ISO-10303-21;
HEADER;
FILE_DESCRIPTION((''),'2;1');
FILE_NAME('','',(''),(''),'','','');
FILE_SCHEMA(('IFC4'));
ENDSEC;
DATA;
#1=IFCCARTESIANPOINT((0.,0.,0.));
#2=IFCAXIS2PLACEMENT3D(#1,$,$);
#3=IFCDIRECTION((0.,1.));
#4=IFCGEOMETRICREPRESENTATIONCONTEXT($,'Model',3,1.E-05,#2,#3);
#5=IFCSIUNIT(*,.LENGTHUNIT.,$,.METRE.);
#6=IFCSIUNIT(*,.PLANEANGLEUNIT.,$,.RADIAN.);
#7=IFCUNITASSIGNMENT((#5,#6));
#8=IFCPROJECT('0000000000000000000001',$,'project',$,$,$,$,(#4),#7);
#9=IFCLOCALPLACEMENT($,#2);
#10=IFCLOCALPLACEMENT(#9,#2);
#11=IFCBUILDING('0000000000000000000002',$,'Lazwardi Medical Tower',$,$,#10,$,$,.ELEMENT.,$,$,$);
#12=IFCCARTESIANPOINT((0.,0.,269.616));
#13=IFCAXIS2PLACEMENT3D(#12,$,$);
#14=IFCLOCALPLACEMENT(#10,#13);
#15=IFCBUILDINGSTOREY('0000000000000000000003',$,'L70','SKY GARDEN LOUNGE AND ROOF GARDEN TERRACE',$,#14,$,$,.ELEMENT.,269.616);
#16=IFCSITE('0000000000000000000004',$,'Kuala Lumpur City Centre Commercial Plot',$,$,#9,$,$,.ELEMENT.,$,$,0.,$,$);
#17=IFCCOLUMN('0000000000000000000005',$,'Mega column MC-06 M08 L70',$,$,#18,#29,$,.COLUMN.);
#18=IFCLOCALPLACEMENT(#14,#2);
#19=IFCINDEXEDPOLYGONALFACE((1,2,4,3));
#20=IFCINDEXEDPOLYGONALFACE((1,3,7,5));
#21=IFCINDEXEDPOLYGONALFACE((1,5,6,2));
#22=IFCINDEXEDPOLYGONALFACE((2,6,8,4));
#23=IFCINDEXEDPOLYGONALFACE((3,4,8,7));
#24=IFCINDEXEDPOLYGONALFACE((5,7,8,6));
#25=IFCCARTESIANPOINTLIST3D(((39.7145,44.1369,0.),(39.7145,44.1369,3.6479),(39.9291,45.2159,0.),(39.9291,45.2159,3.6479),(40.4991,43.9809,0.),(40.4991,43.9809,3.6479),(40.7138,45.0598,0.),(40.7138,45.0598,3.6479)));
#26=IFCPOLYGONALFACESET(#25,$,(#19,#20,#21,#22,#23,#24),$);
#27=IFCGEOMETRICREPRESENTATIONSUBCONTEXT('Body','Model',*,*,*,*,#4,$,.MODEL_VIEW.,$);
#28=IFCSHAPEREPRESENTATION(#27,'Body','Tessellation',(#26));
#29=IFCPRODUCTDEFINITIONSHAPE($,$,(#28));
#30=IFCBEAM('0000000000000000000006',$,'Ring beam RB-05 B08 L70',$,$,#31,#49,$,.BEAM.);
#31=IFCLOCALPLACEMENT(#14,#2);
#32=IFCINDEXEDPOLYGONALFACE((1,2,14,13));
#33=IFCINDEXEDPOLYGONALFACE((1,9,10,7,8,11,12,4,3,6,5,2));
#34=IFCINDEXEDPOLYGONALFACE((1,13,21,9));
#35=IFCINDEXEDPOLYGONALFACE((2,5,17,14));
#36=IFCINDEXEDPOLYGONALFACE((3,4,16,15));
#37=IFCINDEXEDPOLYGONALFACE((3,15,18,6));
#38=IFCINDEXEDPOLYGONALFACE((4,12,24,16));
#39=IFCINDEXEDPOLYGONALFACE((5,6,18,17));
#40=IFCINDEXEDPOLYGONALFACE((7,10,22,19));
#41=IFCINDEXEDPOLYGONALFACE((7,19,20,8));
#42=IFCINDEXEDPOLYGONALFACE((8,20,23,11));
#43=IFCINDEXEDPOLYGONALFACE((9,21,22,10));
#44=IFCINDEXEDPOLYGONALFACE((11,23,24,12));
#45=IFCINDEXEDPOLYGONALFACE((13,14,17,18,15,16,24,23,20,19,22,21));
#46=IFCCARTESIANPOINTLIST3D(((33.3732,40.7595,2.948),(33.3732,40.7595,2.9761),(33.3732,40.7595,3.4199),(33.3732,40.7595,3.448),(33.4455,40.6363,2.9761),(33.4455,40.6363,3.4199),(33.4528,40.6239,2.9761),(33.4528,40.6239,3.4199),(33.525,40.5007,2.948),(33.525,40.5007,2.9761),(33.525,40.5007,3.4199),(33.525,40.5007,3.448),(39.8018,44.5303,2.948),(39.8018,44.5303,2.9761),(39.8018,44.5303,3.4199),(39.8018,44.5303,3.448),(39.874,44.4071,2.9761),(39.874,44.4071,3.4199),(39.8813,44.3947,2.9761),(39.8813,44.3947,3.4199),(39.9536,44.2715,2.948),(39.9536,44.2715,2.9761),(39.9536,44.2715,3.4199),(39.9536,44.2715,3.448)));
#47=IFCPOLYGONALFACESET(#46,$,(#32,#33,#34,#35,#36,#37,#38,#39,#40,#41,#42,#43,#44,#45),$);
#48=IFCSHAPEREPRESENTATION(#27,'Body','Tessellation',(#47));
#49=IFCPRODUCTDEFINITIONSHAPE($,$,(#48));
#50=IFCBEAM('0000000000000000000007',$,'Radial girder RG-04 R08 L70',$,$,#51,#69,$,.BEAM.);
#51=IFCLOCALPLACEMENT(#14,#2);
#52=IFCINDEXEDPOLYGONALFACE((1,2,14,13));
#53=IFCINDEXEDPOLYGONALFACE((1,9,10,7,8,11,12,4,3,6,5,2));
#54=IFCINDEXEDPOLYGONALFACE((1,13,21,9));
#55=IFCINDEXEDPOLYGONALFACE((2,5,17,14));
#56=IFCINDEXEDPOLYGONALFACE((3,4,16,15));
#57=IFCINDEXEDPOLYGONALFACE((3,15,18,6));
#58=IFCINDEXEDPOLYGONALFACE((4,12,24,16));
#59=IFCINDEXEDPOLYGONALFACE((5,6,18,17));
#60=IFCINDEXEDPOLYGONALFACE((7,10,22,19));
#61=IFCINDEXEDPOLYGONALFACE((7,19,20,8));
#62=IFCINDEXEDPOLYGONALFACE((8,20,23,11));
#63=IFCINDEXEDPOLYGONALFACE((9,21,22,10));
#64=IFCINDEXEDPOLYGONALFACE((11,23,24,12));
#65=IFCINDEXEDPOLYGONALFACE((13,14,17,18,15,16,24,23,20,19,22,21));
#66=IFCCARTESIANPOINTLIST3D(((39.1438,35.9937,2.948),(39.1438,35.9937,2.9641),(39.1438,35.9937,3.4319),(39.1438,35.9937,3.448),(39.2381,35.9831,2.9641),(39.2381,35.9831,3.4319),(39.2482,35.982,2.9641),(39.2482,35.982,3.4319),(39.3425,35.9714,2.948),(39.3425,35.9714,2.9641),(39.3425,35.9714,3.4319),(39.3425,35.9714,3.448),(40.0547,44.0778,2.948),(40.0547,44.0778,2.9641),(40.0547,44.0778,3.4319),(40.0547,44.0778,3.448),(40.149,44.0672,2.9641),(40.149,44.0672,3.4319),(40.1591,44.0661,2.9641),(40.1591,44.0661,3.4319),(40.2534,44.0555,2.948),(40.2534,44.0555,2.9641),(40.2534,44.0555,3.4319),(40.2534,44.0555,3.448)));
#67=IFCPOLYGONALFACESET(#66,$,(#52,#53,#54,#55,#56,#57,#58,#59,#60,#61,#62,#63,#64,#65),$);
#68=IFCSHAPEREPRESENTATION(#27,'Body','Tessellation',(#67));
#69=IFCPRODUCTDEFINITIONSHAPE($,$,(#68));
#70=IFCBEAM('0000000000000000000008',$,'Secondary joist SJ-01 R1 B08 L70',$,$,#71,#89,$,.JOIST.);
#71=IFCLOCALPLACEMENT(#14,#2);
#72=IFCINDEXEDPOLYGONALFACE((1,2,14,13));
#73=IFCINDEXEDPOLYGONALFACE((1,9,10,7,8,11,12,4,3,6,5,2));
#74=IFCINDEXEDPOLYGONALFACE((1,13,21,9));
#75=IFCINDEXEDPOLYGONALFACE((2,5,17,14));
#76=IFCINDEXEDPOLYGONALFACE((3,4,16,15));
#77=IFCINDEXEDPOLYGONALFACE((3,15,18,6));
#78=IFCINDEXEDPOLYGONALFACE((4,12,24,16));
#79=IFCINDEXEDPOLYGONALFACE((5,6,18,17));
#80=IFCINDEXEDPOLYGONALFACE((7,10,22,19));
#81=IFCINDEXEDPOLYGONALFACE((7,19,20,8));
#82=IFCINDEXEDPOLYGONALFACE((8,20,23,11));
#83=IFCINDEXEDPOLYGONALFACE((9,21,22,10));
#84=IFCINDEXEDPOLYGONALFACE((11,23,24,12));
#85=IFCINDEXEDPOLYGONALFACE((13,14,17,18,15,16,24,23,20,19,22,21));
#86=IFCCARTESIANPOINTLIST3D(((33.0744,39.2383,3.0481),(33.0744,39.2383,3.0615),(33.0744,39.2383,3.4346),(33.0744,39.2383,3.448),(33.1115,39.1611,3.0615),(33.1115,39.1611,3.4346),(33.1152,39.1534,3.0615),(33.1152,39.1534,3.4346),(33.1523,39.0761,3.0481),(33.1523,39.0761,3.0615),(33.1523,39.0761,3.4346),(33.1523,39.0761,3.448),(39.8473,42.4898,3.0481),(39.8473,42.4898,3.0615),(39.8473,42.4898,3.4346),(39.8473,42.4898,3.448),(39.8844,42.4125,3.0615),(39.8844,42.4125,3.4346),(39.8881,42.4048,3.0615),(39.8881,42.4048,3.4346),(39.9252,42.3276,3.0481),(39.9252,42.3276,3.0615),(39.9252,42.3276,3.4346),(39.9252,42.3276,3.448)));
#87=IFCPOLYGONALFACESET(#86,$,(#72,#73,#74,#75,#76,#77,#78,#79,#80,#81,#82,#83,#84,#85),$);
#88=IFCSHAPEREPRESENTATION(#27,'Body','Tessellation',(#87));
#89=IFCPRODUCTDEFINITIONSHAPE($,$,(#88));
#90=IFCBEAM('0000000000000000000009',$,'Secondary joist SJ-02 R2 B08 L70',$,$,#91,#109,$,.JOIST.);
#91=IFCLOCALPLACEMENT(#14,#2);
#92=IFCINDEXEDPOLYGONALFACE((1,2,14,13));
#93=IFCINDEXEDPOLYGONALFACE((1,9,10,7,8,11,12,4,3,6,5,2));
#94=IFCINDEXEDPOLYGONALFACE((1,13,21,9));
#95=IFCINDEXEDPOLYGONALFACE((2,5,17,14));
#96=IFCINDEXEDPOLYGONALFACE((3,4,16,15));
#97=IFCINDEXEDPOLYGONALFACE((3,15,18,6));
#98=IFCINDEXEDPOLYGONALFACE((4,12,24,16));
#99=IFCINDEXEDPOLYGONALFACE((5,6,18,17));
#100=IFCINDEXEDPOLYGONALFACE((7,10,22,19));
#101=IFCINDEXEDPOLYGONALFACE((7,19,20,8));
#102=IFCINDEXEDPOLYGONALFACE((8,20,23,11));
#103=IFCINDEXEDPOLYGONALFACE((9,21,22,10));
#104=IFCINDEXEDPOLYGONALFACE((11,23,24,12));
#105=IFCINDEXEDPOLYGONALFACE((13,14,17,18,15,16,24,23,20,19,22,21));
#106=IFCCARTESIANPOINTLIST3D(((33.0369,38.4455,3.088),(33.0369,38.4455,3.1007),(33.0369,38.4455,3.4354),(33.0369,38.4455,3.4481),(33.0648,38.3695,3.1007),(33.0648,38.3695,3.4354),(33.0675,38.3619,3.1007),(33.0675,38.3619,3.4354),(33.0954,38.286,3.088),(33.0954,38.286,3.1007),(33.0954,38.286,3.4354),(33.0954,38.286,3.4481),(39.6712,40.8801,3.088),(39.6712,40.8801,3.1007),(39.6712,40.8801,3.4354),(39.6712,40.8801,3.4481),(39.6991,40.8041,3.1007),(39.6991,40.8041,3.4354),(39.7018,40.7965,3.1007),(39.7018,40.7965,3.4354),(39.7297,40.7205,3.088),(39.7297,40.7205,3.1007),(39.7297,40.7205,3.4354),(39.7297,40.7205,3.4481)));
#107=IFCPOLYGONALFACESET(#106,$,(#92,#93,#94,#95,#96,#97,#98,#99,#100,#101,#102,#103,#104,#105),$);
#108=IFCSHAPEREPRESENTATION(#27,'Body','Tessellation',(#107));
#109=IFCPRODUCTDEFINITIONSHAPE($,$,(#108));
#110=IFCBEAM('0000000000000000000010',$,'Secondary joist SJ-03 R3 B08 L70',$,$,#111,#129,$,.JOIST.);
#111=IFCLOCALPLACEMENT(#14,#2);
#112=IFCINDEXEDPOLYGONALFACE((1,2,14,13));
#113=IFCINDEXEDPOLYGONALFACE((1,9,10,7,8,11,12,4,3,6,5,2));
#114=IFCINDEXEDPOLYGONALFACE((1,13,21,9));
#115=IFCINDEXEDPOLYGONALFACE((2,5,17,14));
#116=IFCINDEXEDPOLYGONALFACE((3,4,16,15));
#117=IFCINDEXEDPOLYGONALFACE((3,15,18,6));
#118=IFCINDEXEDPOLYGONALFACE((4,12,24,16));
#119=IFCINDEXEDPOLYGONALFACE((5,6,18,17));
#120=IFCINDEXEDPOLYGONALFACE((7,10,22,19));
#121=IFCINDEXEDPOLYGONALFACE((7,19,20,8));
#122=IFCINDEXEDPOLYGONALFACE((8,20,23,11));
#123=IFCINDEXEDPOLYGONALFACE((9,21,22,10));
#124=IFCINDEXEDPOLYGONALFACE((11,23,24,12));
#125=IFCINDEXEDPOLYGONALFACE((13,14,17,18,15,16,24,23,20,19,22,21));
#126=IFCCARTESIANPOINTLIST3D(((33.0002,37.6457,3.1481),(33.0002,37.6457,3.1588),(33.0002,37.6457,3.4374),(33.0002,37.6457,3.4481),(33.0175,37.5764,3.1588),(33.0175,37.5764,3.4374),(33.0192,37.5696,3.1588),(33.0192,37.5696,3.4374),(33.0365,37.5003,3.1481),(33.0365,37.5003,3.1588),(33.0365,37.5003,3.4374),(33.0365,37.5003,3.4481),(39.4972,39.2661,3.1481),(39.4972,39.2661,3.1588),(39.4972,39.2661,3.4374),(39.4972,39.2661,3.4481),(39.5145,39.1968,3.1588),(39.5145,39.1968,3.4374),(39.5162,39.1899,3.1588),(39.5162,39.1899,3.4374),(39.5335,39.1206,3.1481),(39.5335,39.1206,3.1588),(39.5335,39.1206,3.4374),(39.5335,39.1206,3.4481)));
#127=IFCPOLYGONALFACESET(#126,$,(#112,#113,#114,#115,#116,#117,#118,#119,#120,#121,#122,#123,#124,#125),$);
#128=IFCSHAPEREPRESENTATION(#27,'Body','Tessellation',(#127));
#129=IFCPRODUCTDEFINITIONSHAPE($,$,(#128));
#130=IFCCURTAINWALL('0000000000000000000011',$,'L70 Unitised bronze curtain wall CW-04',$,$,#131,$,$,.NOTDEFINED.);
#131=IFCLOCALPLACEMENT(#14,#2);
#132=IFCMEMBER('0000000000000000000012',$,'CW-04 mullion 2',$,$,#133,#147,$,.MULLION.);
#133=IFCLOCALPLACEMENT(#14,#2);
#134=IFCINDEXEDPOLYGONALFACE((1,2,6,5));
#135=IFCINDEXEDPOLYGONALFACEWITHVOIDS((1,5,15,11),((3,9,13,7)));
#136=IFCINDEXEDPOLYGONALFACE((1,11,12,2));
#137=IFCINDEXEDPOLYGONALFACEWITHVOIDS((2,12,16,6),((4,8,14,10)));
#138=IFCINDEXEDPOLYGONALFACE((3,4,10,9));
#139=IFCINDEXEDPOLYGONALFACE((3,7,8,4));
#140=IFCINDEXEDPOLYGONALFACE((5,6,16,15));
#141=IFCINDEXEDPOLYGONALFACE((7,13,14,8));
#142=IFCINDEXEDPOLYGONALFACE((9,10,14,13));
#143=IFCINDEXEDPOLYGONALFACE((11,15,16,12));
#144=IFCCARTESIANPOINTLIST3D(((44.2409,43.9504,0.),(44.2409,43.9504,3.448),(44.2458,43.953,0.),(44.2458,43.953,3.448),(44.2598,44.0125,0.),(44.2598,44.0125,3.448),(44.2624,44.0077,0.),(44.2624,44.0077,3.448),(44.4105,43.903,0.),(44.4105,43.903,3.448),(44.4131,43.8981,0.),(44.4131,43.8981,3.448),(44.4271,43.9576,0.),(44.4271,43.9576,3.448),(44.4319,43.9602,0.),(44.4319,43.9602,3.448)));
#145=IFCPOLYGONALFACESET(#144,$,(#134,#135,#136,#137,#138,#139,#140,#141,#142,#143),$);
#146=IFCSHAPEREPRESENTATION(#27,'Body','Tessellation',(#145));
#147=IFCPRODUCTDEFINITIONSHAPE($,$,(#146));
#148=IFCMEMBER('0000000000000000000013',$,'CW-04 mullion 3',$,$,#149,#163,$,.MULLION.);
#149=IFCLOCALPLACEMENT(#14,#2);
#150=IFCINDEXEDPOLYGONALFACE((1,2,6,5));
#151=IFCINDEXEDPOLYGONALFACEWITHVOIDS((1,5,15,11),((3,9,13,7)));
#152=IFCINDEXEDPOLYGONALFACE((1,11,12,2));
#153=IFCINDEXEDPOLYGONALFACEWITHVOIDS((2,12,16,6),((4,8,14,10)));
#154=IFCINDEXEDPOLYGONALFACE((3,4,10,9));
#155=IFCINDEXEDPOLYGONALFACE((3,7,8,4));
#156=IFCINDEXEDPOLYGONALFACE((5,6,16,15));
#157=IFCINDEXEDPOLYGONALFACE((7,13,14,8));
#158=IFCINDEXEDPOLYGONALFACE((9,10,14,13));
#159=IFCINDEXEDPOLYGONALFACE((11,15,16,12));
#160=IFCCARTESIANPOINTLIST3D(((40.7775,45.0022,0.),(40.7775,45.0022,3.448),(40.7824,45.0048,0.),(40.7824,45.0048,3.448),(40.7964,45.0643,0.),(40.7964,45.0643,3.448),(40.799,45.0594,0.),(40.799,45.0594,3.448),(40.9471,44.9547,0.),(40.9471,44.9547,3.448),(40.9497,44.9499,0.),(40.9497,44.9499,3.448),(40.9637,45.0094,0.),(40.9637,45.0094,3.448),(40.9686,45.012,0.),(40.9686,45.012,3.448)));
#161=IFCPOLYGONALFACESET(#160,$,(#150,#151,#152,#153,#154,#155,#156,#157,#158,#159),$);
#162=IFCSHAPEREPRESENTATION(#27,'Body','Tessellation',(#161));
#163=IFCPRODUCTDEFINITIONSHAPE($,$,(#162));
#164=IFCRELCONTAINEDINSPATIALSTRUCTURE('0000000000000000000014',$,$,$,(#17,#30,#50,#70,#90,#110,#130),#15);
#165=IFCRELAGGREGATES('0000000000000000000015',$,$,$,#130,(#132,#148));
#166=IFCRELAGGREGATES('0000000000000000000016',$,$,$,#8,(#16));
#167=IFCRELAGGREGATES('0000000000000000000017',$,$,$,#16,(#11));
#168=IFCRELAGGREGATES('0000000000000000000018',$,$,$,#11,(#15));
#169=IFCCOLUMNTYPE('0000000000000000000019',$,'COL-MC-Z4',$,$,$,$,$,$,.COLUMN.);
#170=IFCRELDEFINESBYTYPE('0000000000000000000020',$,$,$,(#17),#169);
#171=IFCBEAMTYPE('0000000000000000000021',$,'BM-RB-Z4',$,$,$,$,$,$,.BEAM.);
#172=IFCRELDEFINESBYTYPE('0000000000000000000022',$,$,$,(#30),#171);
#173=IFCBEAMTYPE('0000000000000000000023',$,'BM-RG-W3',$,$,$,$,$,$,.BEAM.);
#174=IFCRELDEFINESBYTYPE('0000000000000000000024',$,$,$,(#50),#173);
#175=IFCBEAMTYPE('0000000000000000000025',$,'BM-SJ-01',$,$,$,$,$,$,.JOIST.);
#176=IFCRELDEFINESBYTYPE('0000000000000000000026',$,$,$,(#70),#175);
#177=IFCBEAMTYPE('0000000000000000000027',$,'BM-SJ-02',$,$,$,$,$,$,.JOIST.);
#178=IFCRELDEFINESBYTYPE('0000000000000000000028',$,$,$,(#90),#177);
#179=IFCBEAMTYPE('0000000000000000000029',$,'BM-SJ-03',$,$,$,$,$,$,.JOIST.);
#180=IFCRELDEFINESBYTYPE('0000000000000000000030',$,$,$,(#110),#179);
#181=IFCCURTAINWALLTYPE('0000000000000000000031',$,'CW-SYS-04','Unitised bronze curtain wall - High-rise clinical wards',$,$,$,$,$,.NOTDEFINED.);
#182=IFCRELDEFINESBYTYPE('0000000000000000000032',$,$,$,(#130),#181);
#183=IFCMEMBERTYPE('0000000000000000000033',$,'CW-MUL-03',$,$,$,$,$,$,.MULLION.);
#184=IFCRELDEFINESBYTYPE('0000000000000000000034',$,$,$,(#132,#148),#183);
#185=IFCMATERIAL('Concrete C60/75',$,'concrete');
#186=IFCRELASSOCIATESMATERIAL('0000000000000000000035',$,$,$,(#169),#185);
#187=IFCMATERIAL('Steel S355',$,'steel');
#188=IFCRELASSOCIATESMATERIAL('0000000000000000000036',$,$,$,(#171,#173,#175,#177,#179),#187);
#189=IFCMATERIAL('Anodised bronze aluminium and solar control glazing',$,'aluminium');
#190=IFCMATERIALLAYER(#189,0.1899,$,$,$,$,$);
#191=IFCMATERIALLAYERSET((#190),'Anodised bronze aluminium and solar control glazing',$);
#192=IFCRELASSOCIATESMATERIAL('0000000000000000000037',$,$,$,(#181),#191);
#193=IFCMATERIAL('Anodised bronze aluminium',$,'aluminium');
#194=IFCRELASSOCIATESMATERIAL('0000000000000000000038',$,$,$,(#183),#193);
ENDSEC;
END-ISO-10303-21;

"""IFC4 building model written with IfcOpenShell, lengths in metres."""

from ifc_helpers import new_model, si_unit, direction, frame, origin, origin_2d, place, context, subcontext, project, spatial, rectangle, hollow_rectangle, i_section, extrude, material, layer, layer_set, material_profile, profile_set, type_object, element, aggregate, save


model = new_model("IFC4")

# Units and contexts
model_context = context("Model", 3, precision=1e-05, world=origin(), true_north=direction((0.0, 1.0)))
body_context = subcontext(model_context, "Body", "Model", "MODEL_VIEW")
ifc_project = project(units=[si_unit("LENGTHUNIT", "METRE"), si_unit("PLANEANGLEUNIT", "RADIAN")], contexts=[model_context])

# Site, building, storey
site_placement = place(None, origin())
site = spatial("IfcSite", under=ifc_project, at=site_placement, Name="Kuala Lumpur City Centre Commercial Plot", CompositionType="ELEMENT", RefElevation=0.0)
building_placement = place(site_placement, origin())
building = spatial("IfcBuilding", under=site, at=building_placement, Name="Lazwardi Medical Tower", CompositionType="ELEMENT")
storey_placement = place(building_placement, frame((0.0, 0.0, 269.616)))
storey = spatial("IfcBuildingStorey", under=building, at=storey_placement, Name="L70", Description="SKY GARDEN LOUNGE AND ROOF GARDEN TERRACE", CompositionType="ELEMENT", Elevation=269.616)

# Column
ifc_material_1 = material(Name="Concrete C60/75", Category="concrete")
ifc_material_profile_1 = material_profile(ifc_material_1, rectangle(XDim=1.1001, YDim=0.8, at=origin_2d()), Name="CFT-RECT 1100x800")
ifc_profile_set_1 = profile_set([ifc_material_profile_1], Name="Concrete C60/75")
column_type = type_object("IfcColumnType", Name="COL-MC-Z4", PredefinedType="COLUMN", material=ifc_profile_set_1)
column_placement = place(storey_placement, frame((40.2141, 44.5984, 0.0), z_axis=(0.0, 0.0, 1.0), x_axis=(0.19509, 0.980785, 0.0)))
element("IfcColumn", 1, at=column_placement, inside=storey, type_object=column_type, Name="Mega column MC-06 M08 L70", PredefinedType="COLUMN", context=body_context, shape_type="SweptSolid", body=[
    extrude(rectangle(XDim=1.1001, YDim=0.8, at=origin_2d()), origin(), (0.0, 0.0, 1.0), 3.6479),
])

# Beams
ifc_material_2 = material(Name="Steel S355", Category="steel")
ifc_material_profile_2 = material_profile(ifc_material_2, i_section(OverallWidth=0.3, OverallDepth=0.5, WebThickness=0.0144, FlangeThickness=0.0281, at=origin_2d()), Name="HEB 500")
ifc_profile_set_2 = profile_set([ifc_material_profile_2], Name="Steel S355")
beam_type_1 = type_object("IfcBeamType", Name="BM-RB-Z4", PredefinedType="BEAM", material=ifc_profile_set_2)
beam_1_placement = place(storey_placement, frame((39.8777, 44.4009, 3.198), z_axis=(-0.862561, -0.505953, 0.0), x_axis=(0.505953, -0.862561, 0.0)))
element("IfcBeam", 2, at=beam_1_placement, inside=storey, type_object=beam_type_1, Name="Ring beam RB-05 B08 L70", PredefinedType="BEAM", context=body_context, shape_type="SweptSolid", body=[
    extrude(i_section(OverallWidth=0.3, OverallDepth=0.5, WebThickness=0.0144, FlangeThickness=0.0281, at=origin_2d()), origin(), (0.0, 0.0, 1.0), 7.4529),
])
ifc_material_profile_3 = material_profile(ifc_material_2, i_section(OverallWidth=0.2, OverallDepth=0.5, WebThickness=0.0103, FlangeThickness=0.0161, at=origin_2d()), Name="IPE 500")
ifc_profile_set_3 = profile_set([ifc_material_profile_3], Name="Steel S355")
beam_type_2 = type_object("IfcBeamType", Name="BM-RG-W3", PredefinedType="BEAM", material=ifc_profile_set_3)
beam_2_placement = place(storey_placement, frame((40.1541, 44.0667, 3.198), z_axis=(-0.11197, -0.993712, 0.0), x_axis=(0.993712, -0.11197, 0.0)))
element("IfcBeam", 3, at=beam_2_placement, inside=storey, type_object=beam_type_2, Name="Radial girder RG-04 R08 L70", PredefinedType="BEAM", context=body_context, shape_type="SweptSolid", body=[
    extrude(i_section(OverallWidth=0.2, OverallDepth=0.5, WebThickness=0.0103, FlangeThickness=0.0161, at=origin_2d()), origin(), (0.0, 0.0, 1.0), 8.1353),
])
ifc_material_profile_4 = material_profile(ifc_material_2, i_section(OverallWidth=0.1799, OverallDepth=0.3999, WebThickness=0.0085, FlangeThickness=0.0134, at=origin_2d()), Name="IPE 400")
ifc_profile_set_4 = profile_set([ifc_material_profile_4], Name="Steel S355")
beam_type_3 = type_object("IfcBeamType", Name="BM-SJ-01", PredefinedType="JOIST", material=ifc_profile_set_4)
beam_3_placement = place(storey_placement, frame((39.8862, 42.4087, 3.248), z_axis=(-0.9015, -0.43278, 0.0), x_axis=(0.43278, -0.9015, 0.0)))
element("IfcBeam", 4, at=beam_3_placement, inside=storey, type_object=beam_type_3, Name="Secondary joist SJ-01 R1 B08 L70", PredefinedType="JOIST", context=body_context, shape_type="SweptSolid", body=[
    extrude(i_section(OverallWidth=0.1799, OverallDepth=0.3999, WebThickness=0.0085, FlangeThickness=0.0134, at=origin_2d()), origin(), (0.0, 0.0, 1.0), 7.5129),
])
ifc_material_profile_5 = material_profile(ifc_material_2, i_section(OverallWidth=0.1699, OverallDepth=0.3601, WebThickness=0.0081, FlangeThickness=0.0127, at=origin_2d()), Name="IPE 360")
ifc_profile_set_5 = profile_set([ifc_material_profile_5], Name="Steel S355")
beam_type_4 = type_object("IfcBeamType", Name="BM-SJ-02", PredefinedType="JOIST", material=ifc_profile_set_5)
beam_4_placement = place(storey_placement, frame((39.7004, 40.8003, 3.2681), z_axis=(-0.938785, -0.344504, 0.0), x_axis=(0.344504, -0.938785, 0.0)))
element("IfcBeam", 5, at=beam_4_placement, inside=storey, type_object=beam_type_4, Name="Secondary joist SJ-02 R2 B08 L70", PredefinedType="JOIST", context=body_context, shape_type="SweptSolid", body=[
    extrude(i_section(OverallWidth=0.1699, OverallDepth=0.3601, WebThickness=0.0081, FlangeThickness=0.0127, at=origin_2d()), origin(), (0.0, 0.0, 1.0), 7.0669),
])
ifc_material_profile_6 = material_profile(ifc_material_2, i_section(OverallWidth=0.1499, OverallDepth=0.3, WebThickness=0.0071, FlangeThickness=0.0107, at=origin_2d()), Name="IPE 300")
ifc_profile_set_6 = profile_set([ifc_material_profile_6], Name="Steel S355")
beam_type_5 = type_object("IfcBeamType", Name="BM-SJ-03", PredefinedType="JOIST", material=ifc_profile_set_6)
beam_5_placement = place(storey_placement, frame((39.5154, 39.1934, 3.2981), z_axis=(-0.97028, -0.241987, 0.0), x_axis=(0.241987, -0.97028, 0.0)))
element("IfcBeam", 6, at=beam_5_placement, inside=storey, type_object=beam_type_5, Name="Secondary joist SJ-03 R3 B08 L70", PredefinedType="JOIST", context=body_context, shape_type="SweptSolid", body=[
    extrude(i_section(OverallWidth=0.1499, OverallDepth=0.3, WebThickness=0.0071, FlangeThickness=0.0107, at=origin_2d()), origin(), (0.0, 0.0, 1.0), 6.696),
])

# Curtain wall, members
ifc_material_3 = material(Name="Anodised bronze aluminium and solar control glazing", Category="aluminium")
ifc_layer_1 = layer(ifc_material_3, 0.1899)
ifc_layer_set_1 = layer_set([ifc_layer_1], Name="Anodised bronze aluminium and solar control glazing")
curtain_wall_type = type_object("IfcCurtainWallType", Name="CW-SYS-04", Description="Unitised bronze curtain wall - High-rise clinical wards", PredefinedType="NOTDEFINED", material=ifc_layer_set_1)
curtain_wall_placement = place(storey_placement, origin())
curtain_wall = element("IfcCurtainWall", 7, at=curtain_wall_placement, inside=storey, type_object=curtain_wall_type, Name="L70 Unitised bronze curtain wall CW-04", PredefinedType="NOTDEFINED")
ifc_material_4 = material(Name="Anodised bronze aluminium", Category="aluminium")
ifc_material_profile_7 = material_profile(ifc_material_4, hollow_rectangle(XDim=0.0649, YDim=0.1799, WallThickness=0.0039, at=origin_2d()), Name="ALU-MULLION 180x65x4")
ifc_profile_set_7 = profile_set([ifc_material_profile_7], Name="Anodised bronze aluminium")
member_type_1 = type_object("IfcMemberType", Name="CW-MUL-03", PredefinedType="MULLION", material=ifc_profile_set_7)
member_1_placement = place(storey_placement, frame((44.3364, 43.9553, 0.0), z_axis=(0.0, 0.0, 1.0), x_axis=(-0.290582, -0.95685, 0.0)))
member_1 = element("IfcMember", 8, at=member_1_placement, type_object=member_type_1, Name="CW-04 mullion 2", PredefinedType="MULLION", context=body_context, shape_type="SweptSolid", body=[
    extrude(hollow_rectangle(XDim=0.0649, YDim=0.1799, WallThickness=0.0039, at=origin_2d()), origin(), (0.0, 0.0, 1.0), 3.448),
])
member_2_placement = place(storey_placement, frame((40.873, 45.0071, 0.0), z_axis=(0.0, 0.0, 1.0), x_axis=(-0.290582, -0.95685, 0.0)))
member_2 = element("IfcMember", 9, at=member_2_placement, type_object=member_type_1, Name="CW-04 mullion 3", PredefinedType="MULLION", context=body_context, shape_type="SweptSolid", body=[
    extrude(hollow_rectangle(XDim=0.0649, YDim=0.1799, WallThickness=0.0039, at=origin_2d()), origin(), (0.0, 0.0, 1.0), 3.448),
])
aggregate(curtain_wall, [member_1, member_2])

save(model, "model.ifc")
